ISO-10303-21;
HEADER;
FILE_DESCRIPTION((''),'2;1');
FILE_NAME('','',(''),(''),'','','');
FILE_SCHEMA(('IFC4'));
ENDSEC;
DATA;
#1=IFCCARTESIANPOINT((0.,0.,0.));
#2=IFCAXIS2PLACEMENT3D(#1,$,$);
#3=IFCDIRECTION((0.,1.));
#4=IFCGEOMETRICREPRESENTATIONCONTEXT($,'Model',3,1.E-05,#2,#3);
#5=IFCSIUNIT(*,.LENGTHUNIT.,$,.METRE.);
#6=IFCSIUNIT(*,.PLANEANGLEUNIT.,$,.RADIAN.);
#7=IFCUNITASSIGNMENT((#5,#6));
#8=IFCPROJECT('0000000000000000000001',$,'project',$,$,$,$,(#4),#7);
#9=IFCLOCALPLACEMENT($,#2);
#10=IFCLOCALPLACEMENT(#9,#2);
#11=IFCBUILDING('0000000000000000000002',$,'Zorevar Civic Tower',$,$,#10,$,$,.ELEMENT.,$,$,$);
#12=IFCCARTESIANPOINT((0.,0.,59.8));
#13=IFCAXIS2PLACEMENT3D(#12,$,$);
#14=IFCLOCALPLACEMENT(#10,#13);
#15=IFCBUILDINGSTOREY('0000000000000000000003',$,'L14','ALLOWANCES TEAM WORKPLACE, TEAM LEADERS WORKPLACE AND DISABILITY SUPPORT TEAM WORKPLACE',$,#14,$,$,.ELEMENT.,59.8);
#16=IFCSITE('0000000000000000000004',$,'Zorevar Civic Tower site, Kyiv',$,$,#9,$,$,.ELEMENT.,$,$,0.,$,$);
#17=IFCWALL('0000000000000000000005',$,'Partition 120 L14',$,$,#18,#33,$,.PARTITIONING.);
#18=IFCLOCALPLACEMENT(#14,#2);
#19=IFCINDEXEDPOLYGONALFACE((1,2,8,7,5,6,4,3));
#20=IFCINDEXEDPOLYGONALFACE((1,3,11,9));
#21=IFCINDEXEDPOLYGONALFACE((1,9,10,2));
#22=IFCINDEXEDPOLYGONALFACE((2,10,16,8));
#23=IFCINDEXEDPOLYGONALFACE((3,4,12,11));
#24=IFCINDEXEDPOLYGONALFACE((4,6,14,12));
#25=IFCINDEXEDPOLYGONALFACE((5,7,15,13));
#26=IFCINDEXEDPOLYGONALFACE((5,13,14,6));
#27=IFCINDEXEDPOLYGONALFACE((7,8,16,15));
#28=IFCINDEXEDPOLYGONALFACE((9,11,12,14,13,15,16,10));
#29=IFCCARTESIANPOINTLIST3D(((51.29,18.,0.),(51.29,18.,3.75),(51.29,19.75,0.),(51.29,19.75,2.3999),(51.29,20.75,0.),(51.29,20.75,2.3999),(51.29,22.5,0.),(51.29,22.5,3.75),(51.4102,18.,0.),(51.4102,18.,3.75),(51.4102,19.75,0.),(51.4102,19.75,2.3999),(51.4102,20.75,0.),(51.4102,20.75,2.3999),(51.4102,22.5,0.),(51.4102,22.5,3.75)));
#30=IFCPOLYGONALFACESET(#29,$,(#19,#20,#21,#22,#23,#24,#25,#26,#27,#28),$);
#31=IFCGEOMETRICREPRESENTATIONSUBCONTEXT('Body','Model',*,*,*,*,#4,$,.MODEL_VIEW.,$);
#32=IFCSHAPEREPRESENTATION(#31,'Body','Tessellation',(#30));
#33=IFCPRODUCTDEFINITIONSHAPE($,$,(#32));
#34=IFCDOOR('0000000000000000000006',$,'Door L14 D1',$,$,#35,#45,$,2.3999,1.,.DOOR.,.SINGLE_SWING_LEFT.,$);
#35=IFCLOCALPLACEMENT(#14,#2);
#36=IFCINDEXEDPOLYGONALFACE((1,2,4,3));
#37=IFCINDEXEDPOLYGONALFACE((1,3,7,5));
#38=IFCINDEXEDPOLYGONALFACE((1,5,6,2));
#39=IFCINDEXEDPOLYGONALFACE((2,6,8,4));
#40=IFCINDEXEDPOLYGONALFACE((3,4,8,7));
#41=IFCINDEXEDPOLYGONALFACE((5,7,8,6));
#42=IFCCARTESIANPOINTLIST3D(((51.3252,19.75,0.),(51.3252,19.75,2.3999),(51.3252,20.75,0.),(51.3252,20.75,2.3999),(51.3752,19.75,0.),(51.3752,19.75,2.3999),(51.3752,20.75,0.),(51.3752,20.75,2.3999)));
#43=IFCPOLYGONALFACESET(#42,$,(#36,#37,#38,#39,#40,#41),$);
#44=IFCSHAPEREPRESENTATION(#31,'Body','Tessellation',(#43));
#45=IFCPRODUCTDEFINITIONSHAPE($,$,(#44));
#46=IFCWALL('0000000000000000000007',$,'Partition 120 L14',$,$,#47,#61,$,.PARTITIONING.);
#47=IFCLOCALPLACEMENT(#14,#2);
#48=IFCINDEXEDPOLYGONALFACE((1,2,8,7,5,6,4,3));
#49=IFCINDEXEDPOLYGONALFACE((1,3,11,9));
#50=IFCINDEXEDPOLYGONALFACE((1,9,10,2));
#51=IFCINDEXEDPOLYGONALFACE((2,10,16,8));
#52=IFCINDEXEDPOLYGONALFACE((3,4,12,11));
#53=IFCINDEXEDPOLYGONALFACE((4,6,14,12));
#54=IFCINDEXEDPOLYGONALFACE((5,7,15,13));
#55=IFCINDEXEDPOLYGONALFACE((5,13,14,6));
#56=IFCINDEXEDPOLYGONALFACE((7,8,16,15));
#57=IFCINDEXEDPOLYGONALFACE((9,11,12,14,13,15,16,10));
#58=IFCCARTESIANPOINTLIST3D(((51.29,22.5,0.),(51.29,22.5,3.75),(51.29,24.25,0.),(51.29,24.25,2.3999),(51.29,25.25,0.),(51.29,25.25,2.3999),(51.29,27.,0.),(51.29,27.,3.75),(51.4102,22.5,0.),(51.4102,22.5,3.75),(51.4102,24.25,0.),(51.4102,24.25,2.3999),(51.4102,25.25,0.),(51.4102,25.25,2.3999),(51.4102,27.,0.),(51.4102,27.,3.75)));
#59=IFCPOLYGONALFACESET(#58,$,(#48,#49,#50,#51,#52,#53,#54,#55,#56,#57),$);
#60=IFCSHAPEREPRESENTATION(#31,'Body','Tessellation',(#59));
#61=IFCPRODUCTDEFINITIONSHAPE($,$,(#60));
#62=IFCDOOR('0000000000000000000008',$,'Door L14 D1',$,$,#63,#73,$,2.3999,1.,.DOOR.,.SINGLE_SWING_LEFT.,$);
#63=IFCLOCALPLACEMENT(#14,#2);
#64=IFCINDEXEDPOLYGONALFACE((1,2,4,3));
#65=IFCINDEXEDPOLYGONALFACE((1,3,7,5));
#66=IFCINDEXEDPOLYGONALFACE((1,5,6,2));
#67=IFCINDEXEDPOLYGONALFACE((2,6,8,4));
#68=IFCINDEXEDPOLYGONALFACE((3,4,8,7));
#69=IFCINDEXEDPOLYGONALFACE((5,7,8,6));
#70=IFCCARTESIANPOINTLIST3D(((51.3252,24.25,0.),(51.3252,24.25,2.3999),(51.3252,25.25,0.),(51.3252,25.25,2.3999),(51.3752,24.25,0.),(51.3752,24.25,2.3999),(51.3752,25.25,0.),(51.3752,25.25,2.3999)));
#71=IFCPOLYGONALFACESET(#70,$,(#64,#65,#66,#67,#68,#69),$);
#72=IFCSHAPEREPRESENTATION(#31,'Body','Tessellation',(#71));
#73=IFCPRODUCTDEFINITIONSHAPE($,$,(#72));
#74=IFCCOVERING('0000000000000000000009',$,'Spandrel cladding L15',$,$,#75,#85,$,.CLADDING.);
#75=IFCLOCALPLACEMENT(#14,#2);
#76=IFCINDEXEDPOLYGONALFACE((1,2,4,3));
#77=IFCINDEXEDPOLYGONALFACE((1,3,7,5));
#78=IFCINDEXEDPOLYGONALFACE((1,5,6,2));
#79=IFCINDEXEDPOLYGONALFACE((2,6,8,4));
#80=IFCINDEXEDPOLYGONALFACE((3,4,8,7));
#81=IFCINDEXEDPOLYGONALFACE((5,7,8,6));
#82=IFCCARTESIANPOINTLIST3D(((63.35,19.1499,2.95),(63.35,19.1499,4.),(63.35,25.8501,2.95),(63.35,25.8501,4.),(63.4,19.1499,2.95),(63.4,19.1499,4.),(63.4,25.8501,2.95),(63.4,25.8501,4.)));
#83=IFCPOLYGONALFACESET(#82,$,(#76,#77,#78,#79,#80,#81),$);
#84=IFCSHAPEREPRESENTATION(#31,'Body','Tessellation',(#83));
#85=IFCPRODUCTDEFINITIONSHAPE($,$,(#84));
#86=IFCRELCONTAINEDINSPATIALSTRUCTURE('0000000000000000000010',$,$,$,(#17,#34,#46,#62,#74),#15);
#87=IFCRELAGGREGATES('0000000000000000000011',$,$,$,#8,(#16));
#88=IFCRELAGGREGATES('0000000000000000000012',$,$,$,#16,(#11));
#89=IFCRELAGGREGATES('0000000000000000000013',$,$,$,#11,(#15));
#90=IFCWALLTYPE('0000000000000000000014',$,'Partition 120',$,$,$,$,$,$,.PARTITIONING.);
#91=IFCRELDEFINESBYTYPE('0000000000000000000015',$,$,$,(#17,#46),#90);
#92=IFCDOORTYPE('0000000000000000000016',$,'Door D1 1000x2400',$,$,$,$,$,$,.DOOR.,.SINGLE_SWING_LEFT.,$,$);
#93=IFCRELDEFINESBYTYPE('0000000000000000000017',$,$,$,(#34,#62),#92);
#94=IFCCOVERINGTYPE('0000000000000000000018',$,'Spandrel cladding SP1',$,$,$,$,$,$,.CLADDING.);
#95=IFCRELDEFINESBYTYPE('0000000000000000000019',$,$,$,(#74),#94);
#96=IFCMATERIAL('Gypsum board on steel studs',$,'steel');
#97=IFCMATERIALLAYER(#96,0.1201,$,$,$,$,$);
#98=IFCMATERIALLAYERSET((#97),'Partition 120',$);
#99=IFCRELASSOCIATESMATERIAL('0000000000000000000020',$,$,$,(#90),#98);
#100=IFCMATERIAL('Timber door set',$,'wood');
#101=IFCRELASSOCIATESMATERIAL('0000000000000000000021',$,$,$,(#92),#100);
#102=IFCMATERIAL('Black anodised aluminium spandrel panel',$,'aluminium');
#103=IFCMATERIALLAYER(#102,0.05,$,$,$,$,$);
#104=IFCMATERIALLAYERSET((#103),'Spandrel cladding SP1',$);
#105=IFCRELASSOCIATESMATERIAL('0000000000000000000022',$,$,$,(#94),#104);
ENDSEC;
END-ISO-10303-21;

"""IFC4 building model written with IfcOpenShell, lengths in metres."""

from ifc_helpers import new_model, si_unit, direction, frame, frame_2d, origin, place, context, subcontext, project, spatial, rectangle, extrude, material, layer, layer_set, type_object, element, fill, save


model = new_model("IFC4")

# Units and contexts
model_context = context("Model", 3, precision=1e-05, world=origin(), true_north=direction((0.0, 1.0)))
body_context = subcontext(model_context, "Body", "Model", "MODEL_VIEW")
ifc_project = project(units=[si_unit("LENGTHUNIT", "METRE"), si_unit("PLANEANGLEUNIT", "RADIAN")], contexts=[model_context])

# Site, building, storey
site_placement = place(None, origin())
site = spatial("IfcSite", under=ifc_project, at=site_placement, Name="Zorevar Civic Tower site, Kyiv", CompositionType="ELEMENT", RefElevation=0.0)
building_placement = place(site_placement, origin())
building = spatial("IfcBuilding", under=site, at=building_placement, Name="Zorevar Civic Tower", CompositionType="ELEMENT")
storey_placement = place(building_placement, frame((0.0, 0.0, 59.8)))
storey = spatial("IfcBuildingStorey", under=building, at=storey_placement, Name="L14", Description="ALLOWANCES TEAM WORKPLACE, TEAM LEADERS WORKPLACE AND DISABILITY SUPPORT TEAM WORKPLACE", CompositionType="ELEMENT", Elevation=59.8)

# Shared definitions
ifc_material_1 = material(Name="Gypsum board on steel studs", Category="steel")
ifc_layer_1 = layer(ifc_material_1, 0.1201)
ifc_layer_set_1 = layer_set([ifc_layer_1], Name="Partition 120")
wall_type = type_object("IfcWallType", Name="Partition 120", PredefinedType="PARTITIONING", material=ifc_layer_set_1)

# Walls, openings, doors
wall_1_placement = place(storey_placement, frame((51.3501, 18.0, 0.0), z_axis=(0.0, 0.0, 1.0), x_axis=(0.0, 1.0, 0.0)))
wall_1 = element("IfcWall", 1, at=wall_1_placement, inside=storey, type_object=wall_type, Name="Partition 120 L14", PredefinedType="PARTITIONING", context=body_context, shape_type="SweptSolid", body=[
    extrude(rectangle(XDim=4.5, YDim=0.1201, at=frame_2d((2.25, 0.0))), origin(), (0.0, 0.0, 1.0), 3.75),
])
opening_1_placement = place(wall_1_placement, frame((1.75, 0.0, 0.0)))
opening_1 = element("IfcOpeningElement", 2, at=opening_1_placement, cuts=wall_1, PredefinedType="OPENING", context=body_context, shape_type="SweptSolid", body=[
    extrude(rectangle(XDim=1.0, YDim=2.3999, at=frame_2d((0.5, 1.2))), frame((0.0, 0.0701, 0.0), z_axis=(0.0, -1.0, 0.0), x_axis=(1.0, 0.0, 0.0)), (0.0, 0.0, 1.0), 0.1401),
])
ifc_material_2 = material(Name="Timber door set", Category="wood")
door_type = type_object("IfcDoorType", Name="Door D1 1000x2400", OperationType="SINGLE_SWING_LEFT", PredefinedType="DOOR", material=ifc_material_2)
door_1_placement = place(opening_1_placement, origin())
door_1 = element("IfcDoor", 3, at=door_1_placement, inside=storey, type_object=door_type, Name="Door L14 D1", OperationType="SINGLE_SWING_LEFT", OverallHeight=2.3999, OverallWidth=1.0, PredefinedType="DOOR", context=body_context, shape_type="SweptSolid", body=[
    extrude(rectangle(XDim=1.0, YDim=2.3999, at=frame_2d((0.5, 1.2))), frame((0.0, 0.0249, 0.0), z_axis=(0.0, -1.0, 0.0), x_axis=(1.0, 0.0, 0.0)), (0.0, 0.0, 1.0), 0.05),
])
fill(opening_1, door_1)
wall_2_placement = place(storey_placement, frame((51.3501, 22.5, 0.0), z_axis=(0.0, 0.0, 1.0), x_axis=(0.0, 1.0, 0.0)))
wall_2 = element("IfcWall", 4, at=wall_2_placement, inside=storey, type_object=wall_type, Name="Partition 120 L14", PredefinedType="PARTITIONING", context=body_context, shape_type="SweptSolid", body=[
    extrude(rectangle(XDim=4.5, YDim=0.1201, at=frame_2d((2.25, 0.0))), origin(), (0.0, 0.0, 1.0), 3.75),
])
opening_2_placement = place(wall_2_placement, frame((1.75, 0.0, 0.0)))
opening_2 = element("IfcOpeningElement", 5, at=opening_2_placement, cuts=wall_2, PredefinedType="OPENING", context=body_context, shape_type="SweptSolid", body=[
    extrude(rectangle(XDim=1.0, YDim=2.3999, at=frame_2d((0.5, 1.2))), frame((0.0, 0.0701, 0.0), z_axis=(0.0, -1.0, 0.0), x_axis=(1.0, 0.0, 0.0)), (0.0, 0.0, 1.0), 0.1401),
])
door_2_placement = place(opening_2_placement, origin())
door_2 = element("IfcDoor", 6, at=door_2_placement, inside=storey, type_object=door_type, Name="Door L14 D1", OperationType="SINGLE_SWING_LEFT", OverallHeight=2.3999, OverallWidth=1.0, PredefinedType="DOOR", context=body_context, shape_type="SweptSolid", body=[
    extrude(rectangle(XDim=1.0, YDim=2.3999, at=frame_2d((0.5, 1.2))), frame((0.0, 0.0249, 0.0), z_axis=(0.0, -1.0, 0.0), x_axis=(1.0, 0.0, 0.0)), (0.0, 0.0, 1.0), 0.05),
])
fill(opening_2, door_2)

# Covering
ifc_material_3 = material(Name="Black anodised aluminium spandrel panel", Category="aluminium")
ifc_layer_2 = layer(ifc_material_3, 0.05)
ifc_layer_set_2 = layer_set([ifc_layer_2], Name="Spandrel cladding SP1")
covering_type = type_object("IfcCoveringType", Name="Spandrel cladding SP1", PredefinedType="CLADDING", material=ifc_layer_set_2)
covering_placement = place(storey_placement, frame((63.375, 19.1499, 2.95), z_axis=(0.0, 0.0, 1.0), x_axis=(0.0, 1.0, 0.0)))
element("IfcCovering", 7, at=covering_placement, inside=storey, type_object=covering_type, Name="Spandrel cladding L15", PredefinedType="CLADDING", context=body_context, shape_type="SweptSolid", body=[
    extrude(rectangle(XDim=6.7002, YDim=0.05, at=frame_2d((3.3501, 0.0))), origin(), (0.0, 0.0, 1.0), 1.05),
])

save(model, "model.ifc")
